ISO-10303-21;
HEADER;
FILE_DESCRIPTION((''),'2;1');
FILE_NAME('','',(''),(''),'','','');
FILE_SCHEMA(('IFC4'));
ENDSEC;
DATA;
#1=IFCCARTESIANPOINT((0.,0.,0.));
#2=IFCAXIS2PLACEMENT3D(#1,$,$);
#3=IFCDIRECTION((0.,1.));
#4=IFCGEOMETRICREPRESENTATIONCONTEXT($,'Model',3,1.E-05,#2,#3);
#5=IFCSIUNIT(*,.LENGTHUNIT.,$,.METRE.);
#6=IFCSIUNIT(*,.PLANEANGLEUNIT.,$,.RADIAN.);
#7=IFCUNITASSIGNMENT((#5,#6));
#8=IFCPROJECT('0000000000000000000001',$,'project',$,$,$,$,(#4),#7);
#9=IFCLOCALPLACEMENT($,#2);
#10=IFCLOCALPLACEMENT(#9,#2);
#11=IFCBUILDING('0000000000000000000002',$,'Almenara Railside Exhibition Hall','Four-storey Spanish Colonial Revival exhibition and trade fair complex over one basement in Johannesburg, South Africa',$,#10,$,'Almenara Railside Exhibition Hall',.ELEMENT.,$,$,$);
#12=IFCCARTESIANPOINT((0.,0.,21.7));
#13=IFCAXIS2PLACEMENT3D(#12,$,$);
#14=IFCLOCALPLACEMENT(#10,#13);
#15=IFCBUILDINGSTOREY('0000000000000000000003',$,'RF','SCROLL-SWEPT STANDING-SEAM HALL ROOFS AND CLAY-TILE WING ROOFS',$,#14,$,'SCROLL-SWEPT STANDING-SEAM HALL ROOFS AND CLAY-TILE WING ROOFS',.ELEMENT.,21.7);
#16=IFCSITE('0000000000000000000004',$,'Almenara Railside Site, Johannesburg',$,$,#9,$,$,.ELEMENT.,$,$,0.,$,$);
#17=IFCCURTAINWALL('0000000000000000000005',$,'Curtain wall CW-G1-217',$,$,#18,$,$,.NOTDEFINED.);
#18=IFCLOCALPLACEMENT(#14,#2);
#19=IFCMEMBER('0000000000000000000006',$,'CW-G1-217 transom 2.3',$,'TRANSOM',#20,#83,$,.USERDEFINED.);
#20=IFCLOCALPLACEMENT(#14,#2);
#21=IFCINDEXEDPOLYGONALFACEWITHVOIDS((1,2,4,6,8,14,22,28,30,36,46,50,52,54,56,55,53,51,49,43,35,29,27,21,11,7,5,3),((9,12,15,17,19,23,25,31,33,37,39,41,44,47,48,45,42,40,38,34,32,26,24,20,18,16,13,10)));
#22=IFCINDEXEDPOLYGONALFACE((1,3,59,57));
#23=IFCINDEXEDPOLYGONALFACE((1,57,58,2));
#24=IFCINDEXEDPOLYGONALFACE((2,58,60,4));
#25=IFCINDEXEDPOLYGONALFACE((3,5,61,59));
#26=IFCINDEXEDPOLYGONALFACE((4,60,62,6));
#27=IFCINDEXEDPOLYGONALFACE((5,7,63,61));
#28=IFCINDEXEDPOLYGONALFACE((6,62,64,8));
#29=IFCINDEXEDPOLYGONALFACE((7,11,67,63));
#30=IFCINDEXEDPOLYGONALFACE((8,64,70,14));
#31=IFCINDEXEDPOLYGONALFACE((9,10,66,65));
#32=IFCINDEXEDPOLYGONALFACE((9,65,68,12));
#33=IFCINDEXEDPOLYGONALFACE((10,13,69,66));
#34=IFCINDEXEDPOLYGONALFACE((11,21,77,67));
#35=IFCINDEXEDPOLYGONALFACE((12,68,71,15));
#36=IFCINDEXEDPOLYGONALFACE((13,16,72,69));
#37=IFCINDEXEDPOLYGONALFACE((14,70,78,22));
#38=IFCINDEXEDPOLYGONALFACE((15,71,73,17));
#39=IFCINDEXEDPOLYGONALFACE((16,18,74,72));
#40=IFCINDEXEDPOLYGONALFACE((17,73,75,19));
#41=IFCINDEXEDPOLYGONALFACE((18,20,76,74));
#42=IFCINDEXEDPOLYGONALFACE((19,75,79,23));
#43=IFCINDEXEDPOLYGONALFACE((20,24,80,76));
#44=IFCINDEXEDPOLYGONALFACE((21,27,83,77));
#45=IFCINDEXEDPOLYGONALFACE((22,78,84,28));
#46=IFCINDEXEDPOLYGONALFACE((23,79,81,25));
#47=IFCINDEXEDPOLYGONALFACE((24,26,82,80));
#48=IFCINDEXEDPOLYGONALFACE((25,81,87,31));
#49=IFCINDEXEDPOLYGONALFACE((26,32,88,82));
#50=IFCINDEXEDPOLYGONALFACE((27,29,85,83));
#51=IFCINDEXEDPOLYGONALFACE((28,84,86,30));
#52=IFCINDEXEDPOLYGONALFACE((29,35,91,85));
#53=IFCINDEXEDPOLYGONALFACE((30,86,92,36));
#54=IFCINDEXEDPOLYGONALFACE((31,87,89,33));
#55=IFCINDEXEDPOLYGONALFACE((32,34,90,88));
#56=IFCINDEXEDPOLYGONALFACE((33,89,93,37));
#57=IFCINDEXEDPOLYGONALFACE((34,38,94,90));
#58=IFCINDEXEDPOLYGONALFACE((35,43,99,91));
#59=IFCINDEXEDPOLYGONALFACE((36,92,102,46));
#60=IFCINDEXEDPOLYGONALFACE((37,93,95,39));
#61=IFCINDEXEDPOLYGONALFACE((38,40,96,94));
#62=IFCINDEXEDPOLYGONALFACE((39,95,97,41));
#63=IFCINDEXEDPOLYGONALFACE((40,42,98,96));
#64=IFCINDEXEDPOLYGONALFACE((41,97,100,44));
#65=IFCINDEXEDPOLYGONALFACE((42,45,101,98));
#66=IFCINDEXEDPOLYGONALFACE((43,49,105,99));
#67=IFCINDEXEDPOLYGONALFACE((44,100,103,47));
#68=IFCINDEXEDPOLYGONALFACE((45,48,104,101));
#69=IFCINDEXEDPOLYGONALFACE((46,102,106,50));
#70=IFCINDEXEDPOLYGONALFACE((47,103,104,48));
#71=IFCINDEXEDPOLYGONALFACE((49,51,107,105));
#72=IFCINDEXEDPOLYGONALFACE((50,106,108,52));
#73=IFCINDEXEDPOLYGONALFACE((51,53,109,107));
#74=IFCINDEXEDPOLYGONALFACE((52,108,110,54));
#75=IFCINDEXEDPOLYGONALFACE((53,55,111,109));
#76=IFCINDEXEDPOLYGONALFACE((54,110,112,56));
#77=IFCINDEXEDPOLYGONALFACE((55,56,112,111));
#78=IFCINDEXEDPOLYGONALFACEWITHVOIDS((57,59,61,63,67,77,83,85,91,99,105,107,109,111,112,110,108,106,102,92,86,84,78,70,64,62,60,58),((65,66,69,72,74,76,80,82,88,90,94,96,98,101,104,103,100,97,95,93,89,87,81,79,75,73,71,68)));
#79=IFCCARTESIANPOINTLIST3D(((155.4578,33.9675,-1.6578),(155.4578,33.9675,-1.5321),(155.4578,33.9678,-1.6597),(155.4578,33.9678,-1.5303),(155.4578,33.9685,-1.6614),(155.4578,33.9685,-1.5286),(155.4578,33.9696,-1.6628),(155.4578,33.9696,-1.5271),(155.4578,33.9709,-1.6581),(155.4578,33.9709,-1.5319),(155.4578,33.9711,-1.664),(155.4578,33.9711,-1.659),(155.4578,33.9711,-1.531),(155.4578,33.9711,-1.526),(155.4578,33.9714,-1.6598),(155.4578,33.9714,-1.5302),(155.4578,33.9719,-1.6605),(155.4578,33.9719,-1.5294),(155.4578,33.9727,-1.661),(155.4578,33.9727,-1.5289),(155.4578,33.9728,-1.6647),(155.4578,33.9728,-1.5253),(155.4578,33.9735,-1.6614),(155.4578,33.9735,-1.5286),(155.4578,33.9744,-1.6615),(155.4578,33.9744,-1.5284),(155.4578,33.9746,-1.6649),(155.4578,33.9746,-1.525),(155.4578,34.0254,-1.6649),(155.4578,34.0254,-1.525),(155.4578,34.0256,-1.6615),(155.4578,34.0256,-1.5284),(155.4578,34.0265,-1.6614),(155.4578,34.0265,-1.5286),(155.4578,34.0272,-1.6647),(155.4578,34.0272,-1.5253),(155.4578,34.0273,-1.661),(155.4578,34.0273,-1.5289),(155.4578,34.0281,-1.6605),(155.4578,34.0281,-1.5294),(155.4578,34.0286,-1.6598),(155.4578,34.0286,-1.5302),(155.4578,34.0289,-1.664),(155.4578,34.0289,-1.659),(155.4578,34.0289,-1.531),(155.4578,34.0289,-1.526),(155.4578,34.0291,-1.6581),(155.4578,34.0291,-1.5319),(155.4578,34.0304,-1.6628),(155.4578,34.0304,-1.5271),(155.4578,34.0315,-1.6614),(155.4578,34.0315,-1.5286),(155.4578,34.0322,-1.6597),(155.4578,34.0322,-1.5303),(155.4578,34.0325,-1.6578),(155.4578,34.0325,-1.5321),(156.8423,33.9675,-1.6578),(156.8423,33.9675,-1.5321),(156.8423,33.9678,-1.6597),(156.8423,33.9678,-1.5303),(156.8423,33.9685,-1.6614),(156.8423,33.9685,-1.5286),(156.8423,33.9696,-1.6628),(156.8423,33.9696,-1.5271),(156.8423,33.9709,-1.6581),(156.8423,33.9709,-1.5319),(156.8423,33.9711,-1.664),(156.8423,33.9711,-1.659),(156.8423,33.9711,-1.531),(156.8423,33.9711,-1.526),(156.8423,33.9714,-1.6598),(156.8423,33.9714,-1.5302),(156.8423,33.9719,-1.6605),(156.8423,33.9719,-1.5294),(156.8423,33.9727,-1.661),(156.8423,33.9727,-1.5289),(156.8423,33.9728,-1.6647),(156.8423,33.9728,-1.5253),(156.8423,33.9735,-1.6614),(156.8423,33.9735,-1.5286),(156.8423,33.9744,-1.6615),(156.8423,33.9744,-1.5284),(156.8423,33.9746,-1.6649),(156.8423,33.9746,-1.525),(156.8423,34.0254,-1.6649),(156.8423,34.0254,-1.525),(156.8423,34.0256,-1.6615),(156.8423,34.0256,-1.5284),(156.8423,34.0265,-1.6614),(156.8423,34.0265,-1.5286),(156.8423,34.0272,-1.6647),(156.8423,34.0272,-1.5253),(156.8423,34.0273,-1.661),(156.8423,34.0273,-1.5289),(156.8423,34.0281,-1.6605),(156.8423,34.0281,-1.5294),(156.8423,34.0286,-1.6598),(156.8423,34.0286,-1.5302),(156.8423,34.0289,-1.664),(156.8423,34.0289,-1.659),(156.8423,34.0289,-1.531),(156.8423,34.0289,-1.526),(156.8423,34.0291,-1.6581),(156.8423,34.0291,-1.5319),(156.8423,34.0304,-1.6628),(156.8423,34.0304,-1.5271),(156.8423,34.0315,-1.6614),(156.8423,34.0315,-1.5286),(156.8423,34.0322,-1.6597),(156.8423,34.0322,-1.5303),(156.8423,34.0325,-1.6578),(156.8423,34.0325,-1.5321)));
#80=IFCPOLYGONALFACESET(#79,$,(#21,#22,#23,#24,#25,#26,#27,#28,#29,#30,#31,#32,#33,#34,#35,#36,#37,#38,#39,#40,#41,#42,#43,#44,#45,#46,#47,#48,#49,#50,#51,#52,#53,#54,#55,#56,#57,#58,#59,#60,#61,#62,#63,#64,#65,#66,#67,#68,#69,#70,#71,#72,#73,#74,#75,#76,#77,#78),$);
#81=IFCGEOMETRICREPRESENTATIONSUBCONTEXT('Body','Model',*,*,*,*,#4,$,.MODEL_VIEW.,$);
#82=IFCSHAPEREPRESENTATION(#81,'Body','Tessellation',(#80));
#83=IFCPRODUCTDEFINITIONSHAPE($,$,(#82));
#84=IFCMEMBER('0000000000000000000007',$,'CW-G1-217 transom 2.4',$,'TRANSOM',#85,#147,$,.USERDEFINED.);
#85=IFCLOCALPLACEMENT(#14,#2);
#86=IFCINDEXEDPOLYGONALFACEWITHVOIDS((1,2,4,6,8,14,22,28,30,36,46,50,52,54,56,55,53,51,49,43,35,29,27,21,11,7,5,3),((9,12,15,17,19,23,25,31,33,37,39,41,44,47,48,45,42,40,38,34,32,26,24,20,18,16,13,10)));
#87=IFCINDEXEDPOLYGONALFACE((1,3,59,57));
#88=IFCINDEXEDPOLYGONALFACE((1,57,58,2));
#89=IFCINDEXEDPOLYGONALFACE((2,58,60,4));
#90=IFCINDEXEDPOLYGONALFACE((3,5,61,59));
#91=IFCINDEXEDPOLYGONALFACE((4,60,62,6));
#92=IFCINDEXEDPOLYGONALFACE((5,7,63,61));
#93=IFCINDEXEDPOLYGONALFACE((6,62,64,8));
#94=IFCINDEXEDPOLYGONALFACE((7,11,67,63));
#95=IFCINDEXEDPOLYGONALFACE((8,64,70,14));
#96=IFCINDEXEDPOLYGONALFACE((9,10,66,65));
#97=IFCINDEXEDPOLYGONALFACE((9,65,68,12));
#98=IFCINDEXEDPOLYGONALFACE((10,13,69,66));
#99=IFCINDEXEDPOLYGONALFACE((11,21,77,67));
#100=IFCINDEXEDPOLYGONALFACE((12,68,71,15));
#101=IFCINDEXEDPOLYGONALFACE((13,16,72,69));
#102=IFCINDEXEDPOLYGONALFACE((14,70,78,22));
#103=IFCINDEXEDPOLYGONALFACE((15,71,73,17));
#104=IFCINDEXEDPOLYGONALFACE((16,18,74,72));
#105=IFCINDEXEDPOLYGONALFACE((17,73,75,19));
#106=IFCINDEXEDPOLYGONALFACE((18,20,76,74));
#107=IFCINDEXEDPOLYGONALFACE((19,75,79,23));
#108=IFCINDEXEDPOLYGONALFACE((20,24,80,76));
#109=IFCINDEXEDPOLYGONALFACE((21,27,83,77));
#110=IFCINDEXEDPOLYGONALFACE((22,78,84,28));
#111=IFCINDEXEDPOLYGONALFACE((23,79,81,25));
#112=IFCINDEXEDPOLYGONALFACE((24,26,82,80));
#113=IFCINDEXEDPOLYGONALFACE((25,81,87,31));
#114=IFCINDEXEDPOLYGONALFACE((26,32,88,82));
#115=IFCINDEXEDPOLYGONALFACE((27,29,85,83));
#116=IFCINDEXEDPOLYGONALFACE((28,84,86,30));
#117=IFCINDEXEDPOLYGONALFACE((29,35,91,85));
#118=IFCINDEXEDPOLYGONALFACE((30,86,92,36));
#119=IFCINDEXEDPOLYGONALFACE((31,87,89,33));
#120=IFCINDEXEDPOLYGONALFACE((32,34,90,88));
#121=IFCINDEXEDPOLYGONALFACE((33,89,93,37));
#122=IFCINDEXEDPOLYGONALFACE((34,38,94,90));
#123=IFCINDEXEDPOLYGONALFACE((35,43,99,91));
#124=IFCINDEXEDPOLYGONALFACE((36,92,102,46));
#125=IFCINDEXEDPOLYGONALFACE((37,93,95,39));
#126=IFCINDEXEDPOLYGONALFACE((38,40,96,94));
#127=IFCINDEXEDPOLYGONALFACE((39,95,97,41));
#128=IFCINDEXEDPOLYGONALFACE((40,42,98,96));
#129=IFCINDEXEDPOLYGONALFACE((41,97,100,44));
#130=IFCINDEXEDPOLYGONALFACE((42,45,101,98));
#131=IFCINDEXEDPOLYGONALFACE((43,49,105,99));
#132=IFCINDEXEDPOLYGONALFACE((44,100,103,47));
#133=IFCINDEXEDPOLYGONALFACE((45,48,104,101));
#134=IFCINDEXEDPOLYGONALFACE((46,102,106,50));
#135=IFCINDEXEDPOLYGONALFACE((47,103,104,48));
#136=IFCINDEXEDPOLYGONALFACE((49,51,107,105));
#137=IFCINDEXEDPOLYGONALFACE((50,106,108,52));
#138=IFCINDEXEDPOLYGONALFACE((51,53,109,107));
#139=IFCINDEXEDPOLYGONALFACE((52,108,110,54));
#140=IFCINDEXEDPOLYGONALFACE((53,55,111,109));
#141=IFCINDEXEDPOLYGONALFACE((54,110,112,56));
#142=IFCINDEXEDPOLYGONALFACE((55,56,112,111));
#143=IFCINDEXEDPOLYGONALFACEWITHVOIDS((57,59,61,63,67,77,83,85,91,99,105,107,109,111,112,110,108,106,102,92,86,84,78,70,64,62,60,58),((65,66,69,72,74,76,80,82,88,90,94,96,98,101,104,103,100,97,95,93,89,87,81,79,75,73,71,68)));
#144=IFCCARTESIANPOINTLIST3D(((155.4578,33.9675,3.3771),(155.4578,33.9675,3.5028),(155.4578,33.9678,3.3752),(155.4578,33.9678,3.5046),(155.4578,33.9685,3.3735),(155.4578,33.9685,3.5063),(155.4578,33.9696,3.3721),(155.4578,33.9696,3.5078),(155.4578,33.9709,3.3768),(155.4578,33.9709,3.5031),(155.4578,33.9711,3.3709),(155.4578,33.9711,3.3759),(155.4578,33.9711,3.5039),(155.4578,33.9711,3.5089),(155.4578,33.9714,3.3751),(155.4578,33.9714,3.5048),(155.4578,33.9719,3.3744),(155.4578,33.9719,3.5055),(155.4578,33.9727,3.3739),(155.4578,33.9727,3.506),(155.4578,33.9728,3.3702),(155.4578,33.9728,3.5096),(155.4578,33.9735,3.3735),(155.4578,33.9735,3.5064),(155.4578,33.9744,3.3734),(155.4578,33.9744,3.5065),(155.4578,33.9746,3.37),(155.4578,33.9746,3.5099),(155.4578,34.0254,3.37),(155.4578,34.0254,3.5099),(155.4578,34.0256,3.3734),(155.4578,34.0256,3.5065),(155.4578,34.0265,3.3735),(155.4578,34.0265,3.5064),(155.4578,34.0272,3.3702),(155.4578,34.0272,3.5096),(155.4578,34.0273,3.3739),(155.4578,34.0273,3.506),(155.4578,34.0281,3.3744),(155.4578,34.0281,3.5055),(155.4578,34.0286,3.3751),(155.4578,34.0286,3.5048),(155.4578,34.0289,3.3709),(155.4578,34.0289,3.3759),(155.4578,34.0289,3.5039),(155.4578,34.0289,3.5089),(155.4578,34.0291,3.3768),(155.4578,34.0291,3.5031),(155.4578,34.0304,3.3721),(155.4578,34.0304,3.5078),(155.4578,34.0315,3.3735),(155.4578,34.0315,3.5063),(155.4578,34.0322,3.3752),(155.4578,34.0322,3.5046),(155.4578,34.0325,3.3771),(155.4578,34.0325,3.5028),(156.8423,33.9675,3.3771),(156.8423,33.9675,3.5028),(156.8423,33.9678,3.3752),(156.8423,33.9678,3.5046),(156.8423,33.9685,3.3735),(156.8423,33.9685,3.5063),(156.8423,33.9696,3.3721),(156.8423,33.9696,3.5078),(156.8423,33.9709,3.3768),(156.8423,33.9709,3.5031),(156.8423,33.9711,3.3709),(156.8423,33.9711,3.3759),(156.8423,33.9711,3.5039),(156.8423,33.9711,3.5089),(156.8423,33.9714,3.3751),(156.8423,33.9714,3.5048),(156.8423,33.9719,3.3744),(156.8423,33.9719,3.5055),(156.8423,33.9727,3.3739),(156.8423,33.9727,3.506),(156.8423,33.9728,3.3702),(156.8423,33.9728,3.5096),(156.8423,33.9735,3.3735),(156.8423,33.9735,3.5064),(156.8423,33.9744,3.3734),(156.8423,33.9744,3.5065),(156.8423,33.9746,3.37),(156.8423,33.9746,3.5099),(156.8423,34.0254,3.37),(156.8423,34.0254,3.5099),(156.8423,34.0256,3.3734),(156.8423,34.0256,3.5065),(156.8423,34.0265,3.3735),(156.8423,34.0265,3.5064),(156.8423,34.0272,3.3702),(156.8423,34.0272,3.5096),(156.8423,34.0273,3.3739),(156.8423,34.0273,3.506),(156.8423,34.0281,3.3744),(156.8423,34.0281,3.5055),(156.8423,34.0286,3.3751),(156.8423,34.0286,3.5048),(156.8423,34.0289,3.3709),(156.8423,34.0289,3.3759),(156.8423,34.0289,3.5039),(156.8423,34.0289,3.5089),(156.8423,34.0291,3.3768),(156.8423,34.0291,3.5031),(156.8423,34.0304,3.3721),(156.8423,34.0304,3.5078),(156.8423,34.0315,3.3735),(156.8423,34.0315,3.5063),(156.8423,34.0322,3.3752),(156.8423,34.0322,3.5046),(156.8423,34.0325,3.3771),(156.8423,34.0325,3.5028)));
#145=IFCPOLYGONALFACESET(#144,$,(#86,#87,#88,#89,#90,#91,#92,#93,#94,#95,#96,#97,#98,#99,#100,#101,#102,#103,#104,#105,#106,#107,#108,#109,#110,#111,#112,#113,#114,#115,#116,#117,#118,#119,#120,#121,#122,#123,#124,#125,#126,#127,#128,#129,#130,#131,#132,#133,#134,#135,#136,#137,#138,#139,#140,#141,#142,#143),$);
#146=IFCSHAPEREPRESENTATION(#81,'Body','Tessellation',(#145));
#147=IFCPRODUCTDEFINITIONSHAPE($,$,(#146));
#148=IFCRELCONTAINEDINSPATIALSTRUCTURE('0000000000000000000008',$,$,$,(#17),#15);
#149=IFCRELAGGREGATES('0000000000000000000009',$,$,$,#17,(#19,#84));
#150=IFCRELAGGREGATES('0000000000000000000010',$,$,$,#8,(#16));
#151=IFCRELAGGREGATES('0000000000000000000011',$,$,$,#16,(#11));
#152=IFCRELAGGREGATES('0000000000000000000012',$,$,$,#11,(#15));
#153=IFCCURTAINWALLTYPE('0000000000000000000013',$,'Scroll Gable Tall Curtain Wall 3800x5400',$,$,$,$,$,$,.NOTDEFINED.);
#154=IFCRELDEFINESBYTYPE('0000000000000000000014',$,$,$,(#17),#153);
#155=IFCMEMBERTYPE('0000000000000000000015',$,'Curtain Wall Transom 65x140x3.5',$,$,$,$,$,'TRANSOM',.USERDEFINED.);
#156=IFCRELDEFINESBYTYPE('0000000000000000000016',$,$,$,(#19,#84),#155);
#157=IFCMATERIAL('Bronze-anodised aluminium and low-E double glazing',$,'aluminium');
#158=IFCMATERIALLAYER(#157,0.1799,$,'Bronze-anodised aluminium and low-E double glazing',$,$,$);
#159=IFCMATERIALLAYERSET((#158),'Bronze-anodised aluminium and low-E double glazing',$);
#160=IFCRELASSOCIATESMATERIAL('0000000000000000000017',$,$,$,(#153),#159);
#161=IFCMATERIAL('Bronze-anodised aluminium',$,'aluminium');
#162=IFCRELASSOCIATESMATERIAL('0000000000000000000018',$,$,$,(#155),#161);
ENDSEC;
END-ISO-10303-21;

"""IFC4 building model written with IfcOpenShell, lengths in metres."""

from ifc_helpers import new_model, si_unit, direction, frame, origin, origin_2d, place, context, subcontext, project, spatial, hollow_rectangle, extrude, material, layer, layer_set, material_profile, profile_set, type_object, element, aggregate, save


model = new_model("IFC4")

# Units and contexts
model_context = context("Model", 3, precision=1e-05, world=origin(), true_north=direction((0.0, 1.0)))
body_context = subcontext(model_context, "Body", "Model", "MODEL_VIEW")
ifc_project = project(units=[si_unit("LENGTHUNIT", "METRE"), si_unit("PLANEANGLEUNIT", "RADIAN")], contexts=[model_context])

# Site, building, storey
site_placement = place(None, origin())
site = spatial("IfcSite", under=ifc_project, at=site_placement, Name="Almenara Railside Site, Johannesburg", CompositionType="ELEMENT", RefElevation=0.0)
building_placement = place(site_placement, origin())
building = spatial("IfcBuilding", under=site, at=building_placement, Name="Almenara Railside Exhibition Hall", Description="Four-storey Spanish Colonial Revival exhibition and trade fair complex over one basement in Johannesburg, South Africa", LongName="Almenara Railside Exhibition Hall", CompositionType="ELEMENT")
storey_placement = place(building_placement, frame((0.0, 0.0, 21.7)))
storey = spatial("IfcBuildingStorey", under=building, at=storey_placement, Name="RF", Description="SCROLL-SWEPT STANDING-SEAM HALL ROOFS AND CLAY-TILE WING ROOFS", LongName="SCROLL-SWEPT STANDING-SEAM HALL ROOFS AND CLAY-TILE WING ROOFS", CompositionType="ELEMENT", Elevation=21.7)

# Curtain wall
ifc_material_1 = material(Name="Bronze-anodised aluminium and low-E double glazing", Category="aluminium")
ifc_layer_1 = layer(ifc_material_1, 0.1799, Name="Bronze-anodised aluminium and low-E double glazing")
ifc_layer_set_1 = layer_set([ifc_layer_1], Name="Bronze-anodised aluminium and low-E double glazing")
curtain_wall_type = type_object("IfcCurtainWallType", Name="Scroll Gable Tall Curtain Wall 3800x5400", PredefinedType="NOTDEFINED", material=ifc_layer_set_1)
ifc_material_2 = material(Name="Bronze-anodised aluminium", Category="aluminium")
curtain_wall_1_placement = place(storey_placement, origin())
curtain_wall_1 = element("IfcCurtainWall", 1, at=curtain_wall_1_placement, inside=storey, type_object=curtain_wall_type, Name="Curtain wall CW-G1-217", PredefinedType="NOTDEFINED")

# Members
ifc_material_profile_1 = material_profile(ifc_material_2, hollow_rectangle(XDim=0.0649, YDim=0.1399, WallThickness=0.0034, InnerFilletRadius=0.0034, OuterFilletRadius=0.0071, at=origin_2d()), Name="ALU-TRN 65x140x3.5")
ifc_profile_set_1 = profile_set([ifc_material_profile_1], Name="Bronze-anodised aluminium")
member_type_1 = type_object("IfcMemberType", Name="Curtain Wall Transom 65x140x3.5", ElementType="TRANSOM", PredefinedType="USERDEFINED", material=ifc_profile_set_1)
member_1_placement = place(storey_placement, frame((155.4578, 34.0, -1.595), z_axis=(1.0, 0.0, 0.0), x_axis=(0.0, 1.0, 0.0)))
member_1 = element("IfcMember", 2, at=member_1_placement, type_object=member_type_1, Name="CW-G1-217 transom 2.3", ObjectType="TRANSOM", PredefinedType="USERDEFINED", context=body_context, shape_type="SweptSolid", body=[
    extrude(hollow_rectangle(XDim=0.0649, YDim=0.1399, WallThickness=0.0034, InnerFilletRadius=0.0034, OuterFilletRadius=0.0071, at=origin_2d()), origin(), (0.0, 0.0, 1.0), 1.3845),
])
member_2_placement = place(storey_placement, frame((155.4578, 34.0, 3.4399), z_axis=(1.0, 0.0, 0.0), x_axis=(0.0, 1.0, 0.0)))
member_2 = element("IfcMember", 3, at=member_2_placement, type_object=member_type_1, Name="CW-G1-217 transom 2.4", ObjectType="TRANSOM", PredefinedType="USERDEFINED", context=body_context, shape_type="SweptSolid", body=[
    extrude(hollow_rectangle(XDim=0.0649, YDim=0.1399, WallThickness=0.0034, InnerFilletRadius=0.0034, OuterFilletRadius=0.0071, at=origin_2d()), origin(), (0.0, 0.0, 1.0), 1.3845),
])

aggregate(curtain_wall_1, [member_1, member_2])

save(model, "model.ifc")
